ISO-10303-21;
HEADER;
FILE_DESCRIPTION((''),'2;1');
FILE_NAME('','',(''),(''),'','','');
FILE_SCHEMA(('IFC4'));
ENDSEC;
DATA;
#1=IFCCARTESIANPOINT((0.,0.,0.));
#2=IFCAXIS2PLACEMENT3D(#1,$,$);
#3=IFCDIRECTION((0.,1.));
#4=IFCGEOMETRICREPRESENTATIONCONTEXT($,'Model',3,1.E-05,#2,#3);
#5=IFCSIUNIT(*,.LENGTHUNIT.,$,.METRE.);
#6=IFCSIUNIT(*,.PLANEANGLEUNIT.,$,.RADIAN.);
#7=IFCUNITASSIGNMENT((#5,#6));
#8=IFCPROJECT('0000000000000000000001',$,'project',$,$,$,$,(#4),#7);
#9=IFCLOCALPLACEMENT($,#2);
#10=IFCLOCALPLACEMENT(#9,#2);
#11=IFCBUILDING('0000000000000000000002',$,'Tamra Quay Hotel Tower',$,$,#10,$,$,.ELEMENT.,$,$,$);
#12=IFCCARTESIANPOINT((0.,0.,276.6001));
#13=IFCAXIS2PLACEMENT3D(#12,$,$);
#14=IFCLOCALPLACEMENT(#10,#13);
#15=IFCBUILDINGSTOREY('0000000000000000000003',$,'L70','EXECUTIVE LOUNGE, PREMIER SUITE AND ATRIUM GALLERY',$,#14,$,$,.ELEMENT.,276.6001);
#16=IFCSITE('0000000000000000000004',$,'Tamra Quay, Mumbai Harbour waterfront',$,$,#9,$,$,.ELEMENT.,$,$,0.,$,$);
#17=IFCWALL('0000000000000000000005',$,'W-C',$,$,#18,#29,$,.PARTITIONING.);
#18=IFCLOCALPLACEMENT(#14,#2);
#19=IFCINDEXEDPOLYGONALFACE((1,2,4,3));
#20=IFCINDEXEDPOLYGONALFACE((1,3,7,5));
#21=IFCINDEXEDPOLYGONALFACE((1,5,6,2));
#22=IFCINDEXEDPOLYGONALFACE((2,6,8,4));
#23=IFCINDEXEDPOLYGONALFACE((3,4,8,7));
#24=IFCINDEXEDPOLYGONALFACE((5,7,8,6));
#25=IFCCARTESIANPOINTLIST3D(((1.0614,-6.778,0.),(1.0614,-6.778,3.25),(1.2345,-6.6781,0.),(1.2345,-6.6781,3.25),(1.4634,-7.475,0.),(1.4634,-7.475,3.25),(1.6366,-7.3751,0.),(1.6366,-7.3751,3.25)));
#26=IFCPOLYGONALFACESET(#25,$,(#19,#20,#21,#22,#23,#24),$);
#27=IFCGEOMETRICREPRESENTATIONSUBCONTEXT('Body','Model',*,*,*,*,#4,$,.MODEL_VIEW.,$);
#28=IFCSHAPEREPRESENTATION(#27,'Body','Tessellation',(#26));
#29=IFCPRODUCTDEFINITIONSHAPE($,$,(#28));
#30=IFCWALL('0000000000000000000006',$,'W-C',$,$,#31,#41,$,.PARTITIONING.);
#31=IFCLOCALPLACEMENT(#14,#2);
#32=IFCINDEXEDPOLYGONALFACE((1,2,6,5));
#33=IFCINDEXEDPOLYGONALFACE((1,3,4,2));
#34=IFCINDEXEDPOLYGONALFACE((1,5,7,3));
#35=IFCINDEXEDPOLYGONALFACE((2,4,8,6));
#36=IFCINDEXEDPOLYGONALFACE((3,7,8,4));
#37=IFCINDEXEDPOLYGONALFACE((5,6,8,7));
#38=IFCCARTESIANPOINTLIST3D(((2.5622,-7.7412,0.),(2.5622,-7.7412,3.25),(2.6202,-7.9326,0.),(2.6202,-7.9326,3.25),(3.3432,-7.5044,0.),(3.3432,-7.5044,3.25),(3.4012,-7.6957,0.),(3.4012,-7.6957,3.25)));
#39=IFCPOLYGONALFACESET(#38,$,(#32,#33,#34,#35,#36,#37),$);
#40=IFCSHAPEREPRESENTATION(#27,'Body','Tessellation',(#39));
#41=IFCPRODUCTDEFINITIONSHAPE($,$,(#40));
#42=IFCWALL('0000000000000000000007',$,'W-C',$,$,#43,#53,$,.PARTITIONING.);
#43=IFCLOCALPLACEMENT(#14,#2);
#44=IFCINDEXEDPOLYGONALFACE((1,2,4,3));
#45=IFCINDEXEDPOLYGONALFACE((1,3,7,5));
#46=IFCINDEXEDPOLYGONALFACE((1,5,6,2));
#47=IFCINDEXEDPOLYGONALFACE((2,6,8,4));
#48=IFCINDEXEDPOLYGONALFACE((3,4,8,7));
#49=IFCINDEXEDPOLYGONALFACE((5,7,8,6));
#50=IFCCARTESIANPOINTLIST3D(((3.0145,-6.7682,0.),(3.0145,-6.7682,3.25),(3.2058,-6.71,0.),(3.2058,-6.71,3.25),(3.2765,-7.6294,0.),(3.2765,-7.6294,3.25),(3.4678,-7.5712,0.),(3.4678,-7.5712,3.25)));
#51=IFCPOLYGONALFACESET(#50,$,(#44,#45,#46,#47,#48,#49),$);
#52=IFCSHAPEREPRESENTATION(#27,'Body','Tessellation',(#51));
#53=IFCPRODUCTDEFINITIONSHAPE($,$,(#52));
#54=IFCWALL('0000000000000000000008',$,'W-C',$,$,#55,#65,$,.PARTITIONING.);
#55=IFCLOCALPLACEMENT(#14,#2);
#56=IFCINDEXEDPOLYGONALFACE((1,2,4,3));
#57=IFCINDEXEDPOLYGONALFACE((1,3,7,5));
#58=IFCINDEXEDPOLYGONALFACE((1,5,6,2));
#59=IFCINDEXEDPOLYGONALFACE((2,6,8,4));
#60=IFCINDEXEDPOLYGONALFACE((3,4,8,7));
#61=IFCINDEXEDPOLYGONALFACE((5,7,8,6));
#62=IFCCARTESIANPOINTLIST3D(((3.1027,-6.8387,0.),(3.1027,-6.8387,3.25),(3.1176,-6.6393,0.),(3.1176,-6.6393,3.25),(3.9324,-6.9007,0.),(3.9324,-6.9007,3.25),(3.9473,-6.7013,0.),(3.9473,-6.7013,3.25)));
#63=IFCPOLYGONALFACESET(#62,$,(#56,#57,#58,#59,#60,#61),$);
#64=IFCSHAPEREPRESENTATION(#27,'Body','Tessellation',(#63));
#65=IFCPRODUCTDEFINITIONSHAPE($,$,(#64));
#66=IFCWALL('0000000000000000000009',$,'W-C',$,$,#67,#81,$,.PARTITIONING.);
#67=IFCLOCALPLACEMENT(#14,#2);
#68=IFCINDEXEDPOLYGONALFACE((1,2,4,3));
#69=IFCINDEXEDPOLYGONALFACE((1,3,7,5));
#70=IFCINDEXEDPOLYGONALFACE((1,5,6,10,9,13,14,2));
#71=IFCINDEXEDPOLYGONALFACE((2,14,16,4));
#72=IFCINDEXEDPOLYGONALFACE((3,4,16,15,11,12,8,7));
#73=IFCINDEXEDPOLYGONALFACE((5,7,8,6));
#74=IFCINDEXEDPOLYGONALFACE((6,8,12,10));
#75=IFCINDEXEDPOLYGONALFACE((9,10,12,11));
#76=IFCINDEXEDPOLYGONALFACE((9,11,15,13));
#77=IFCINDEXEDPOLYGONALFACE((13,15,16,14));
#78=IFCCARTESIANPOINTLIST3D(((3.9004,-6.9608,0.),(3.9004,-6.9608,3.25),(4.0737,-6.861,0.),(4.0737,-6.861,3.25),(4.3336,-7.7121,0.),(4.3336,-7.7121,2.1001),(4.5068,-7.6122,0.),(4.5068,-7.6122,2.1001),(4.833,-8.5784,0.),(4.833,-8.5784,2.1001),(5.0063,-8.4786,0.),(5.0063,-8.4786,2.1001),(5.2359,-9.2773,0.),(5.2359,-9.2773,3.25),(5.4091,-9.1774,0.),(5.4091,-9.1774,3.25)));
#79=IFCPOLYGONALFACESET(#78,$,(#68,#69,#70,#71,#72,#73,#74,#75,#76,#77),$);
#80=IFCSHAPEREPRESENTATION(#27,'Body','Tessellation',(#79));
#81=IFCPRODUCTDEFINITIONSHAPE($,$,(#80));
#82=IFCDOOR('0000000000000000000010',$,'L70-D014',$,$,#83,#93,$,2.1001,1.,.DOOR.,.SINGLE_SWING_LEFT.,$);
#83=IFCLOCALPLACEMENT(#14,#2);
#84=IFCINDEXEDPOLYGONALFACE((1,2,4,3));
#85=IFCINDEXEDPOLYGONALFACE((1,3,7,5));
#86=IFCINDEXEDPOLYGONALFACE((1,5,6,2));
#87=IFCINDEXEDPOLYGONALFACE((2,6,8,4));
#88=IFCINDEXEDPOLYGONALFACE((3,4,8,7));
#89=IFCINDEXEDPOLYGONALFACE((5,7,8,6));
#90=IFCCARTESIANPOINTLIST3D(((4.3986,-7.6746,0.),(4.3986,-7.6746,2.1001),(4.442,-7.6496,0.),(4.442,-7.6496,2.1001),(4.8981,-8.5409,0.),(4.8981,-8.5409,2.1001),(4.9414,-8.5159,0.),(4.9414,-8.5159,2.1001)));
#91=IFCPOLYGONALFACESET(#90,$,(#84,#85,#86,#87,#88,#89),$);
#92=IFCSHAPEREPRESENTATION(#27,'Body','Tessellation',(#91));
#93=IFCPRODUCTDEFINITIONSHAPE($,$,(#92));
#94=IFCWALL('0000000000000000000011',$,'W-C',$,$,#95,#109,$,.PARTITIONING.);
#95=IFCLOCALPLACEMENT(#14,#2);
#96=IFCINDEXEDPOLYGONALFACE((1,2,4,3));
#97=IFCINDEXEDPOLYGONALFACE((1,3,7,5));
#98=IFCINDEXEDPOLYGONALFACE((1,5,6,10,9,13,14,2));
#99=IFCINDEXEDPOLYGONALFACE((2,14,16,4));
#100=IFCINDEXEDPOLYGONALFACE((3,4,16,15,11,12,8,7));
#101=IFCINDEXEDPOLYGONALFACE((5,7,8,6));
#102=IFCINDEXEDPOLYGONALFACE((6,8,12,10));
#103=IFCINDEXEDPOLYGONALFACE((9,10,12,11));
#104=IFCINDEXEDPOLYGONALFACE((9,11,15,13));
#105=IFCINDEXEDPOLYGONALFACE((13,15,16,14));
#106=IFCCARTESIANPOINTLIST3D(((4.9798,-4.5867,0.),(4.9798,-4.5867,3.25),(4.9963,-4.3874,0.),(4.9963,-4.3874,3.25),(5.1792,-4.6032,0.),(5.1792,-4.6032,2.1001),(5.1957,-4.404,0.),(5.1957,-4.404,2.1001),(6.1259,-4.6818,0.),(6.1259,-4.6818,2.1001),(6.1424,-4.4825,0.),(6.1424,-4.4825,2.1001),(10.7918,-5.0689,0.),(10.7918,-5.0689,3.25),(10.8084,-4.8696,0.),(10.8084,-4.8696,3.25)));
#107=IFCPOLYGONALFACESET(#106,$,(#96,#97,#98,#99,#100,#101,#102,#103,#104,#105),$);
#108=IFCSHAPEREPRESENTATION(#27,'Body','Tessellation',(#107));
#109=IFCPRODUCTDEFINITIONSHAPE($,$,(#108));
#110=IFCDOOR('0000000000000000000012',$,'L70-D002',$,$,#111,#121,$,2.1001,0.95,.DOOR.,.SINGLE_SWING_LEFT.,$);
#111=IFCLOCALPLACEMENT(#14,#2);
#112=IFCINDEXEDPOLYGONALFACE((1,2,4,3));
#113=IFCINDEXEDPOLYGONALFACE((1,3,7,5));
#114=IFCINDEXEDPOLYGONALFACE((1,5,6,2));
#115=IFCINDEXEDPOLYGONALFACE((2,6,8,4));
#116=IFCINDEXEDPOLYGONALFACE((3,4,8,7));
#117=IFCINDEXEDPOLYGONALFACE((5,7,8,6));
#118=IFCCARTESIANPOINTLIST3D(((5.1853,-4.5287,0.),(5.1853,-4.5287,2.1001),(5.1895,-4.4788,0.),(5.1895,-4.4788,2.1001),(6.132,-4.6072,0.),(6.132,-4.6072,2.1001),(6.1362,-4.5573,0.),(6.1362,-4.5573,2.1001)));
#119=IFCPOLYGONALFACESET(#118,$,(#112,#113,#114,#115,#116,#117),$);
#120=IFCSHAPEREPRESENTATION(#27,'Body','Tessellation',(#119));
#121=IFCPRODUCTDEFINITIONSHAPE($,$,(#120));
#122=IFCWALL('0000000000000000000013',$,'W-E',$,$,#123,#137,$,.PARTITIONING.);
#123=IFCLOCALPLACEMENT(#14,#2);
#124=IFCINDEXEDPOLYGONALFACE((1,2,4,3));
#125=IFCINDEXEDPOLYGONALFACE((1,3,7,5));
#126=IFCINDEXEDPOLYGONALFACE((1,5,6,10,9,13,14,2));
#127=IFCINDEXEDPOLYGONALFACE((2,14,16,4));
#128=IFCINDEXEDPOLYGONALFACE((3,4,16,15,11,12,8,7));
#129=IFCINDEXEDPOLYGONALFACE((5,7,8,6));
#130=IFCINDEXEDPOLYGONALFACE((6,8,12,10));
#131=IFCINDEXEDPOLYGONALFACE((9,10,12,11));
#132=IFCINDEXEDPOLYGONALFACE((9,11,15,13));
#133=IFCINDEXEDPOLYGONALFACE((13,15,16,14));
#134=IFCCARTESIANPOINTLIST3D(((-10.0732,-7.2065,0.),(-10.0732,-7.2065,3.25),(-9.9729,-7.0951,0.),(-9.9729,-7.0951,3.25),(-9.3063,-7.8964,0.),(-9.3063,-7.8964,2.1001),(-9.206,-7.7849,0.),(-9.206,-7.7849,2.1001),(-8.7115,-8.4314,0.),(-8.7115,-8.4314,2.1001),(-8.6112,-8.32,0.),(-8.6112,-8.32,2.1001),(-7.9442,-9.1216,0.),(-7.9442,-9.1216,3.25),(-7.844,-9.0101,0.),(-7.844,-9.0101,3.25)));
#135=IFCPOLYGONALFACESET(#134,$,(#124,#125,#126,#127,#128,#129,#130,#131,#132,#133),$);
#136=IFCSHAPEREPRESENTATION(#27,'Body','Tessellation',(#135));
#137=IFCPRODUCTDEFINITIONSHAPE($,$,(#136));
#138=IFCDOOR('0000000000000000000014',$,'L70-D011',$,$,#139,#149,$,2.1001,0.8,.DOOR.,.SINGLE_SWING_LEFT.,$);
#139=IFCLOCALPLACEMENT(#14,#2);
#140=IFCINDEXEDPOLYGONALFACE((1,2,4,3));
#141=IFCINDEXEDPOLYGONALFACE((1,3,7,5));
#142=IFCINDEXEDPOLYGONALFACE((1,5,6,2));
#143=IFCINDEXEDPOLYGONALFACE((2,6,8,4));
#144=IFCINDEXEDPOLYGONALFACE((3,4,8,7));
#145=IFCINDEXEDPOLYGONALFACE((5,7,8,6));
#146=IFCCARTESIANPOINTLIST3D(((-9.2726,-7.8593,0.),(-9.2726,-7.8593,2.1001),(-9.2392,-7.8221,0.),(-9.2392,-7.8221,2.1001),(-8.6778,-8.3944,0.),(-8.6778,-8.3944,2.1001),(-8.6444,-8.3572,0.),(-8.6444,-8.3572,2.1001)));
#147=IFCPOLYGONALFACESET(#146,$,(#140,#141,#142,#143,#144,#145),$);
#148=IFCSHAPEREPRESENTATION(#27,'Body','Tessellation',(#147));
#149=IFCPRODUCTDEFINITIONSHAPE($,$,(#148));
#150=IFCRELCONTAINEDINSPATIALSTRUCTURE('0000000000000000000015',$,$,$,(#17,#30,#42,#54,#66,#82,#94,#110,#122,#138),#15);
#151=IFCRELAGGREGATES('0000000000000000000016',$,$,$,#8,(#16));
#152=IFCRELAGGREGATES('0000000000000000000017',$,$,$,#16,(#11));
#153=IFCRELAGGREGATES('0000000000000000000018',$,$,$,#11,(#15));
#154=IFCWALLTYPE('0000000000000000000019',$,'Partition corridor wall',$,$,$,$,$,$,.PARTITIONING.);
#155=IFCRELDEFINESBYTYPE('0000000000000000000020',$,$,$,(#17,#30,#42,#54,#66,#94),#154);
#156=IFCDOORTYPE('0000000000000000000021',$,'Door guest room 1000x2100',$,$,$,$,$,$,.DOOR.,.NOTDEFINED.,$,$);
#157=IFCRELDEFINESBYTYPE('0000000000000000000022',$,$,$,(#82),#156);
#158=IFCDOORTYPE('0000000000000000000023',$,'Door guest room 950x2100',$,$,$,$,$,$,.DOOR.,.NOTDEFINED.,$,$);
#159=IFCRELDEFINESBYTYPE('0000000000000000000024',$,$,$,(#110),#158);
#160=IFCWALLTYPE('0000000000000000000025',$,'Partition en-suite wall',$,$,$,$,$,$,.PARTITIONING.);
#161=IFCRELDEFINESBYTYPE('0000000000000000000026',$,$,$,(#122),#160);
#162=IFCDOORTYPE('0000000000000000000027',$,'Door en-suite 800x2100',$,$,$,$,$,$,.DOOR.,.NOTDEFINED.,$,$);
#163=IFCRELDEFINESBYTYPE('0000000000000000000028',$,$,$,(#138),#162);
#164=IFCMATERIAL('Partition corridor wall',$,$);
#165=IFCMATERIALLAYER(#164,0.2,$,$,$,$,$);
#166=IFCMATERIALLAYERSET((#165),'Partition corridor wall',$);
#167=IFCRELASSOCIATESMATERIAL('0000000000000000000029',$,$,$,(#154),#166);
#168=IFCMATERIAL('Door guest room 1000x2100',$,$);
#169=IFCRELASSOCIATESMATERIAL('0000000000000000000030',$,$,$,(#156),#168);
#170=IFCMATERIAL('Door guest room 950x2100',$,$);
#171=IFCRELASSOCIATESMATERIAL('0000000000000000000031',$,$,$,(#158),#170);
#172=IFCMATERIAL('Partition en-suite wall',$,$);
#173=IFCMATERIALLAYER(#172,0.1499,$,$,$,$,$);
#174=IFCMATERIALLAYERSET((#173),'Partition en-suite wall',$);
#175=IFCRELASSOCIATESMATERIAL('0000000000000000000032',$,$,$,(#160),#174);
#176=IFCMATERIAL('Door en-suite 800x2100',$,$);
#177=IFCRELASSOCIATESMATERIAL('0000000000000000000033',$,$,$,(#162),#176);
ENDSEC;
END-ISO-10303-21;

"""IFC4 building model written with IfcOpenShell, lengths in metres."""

from ifc_helpers import new_model, si_unit, direction, frame, frame_2d, origin, place, context, subcontext, project, spatial, rectangle, extrude, material, layer, layer_set, type_object, element, fill, save


model = new_model("IFC4")

# Units and contexts
model_context = context("Model", 3, precision=1e-05, world=origin(), true_north=direction((0.0, 1.0)))
body_context = subcontext(model_context, "Body", "Model", "MODEL_VIEW")
ifc_project = project(units=[si_unit("LENGTHUNIT", "METRE"), si_unit("PLANEANGLEUNIT", "RADIAN")], contexts=[model_context])

# Site, building, storey
site_placement = place(None, origin())
site = spatial("IfcSite", under=ifc_project, at=site_placement, Name="Tamra Quay, Mumbai Harbour waterfront", CompositionType="ELEMENT", RefElevation=0.0)
building_placement = place(site_placement, origin())
building = spatial("IfcBuilding", under=site, at=building_placement, Name="Tamra Quay Hotel Tower", CompositionType="ELEMENT")
storey_placement = place(building_placement, frame((0.0, 0.0, 276.6001)))
storey = spatial("IfcBuildingStorey", under=building, at=storey_placement, Name="L70", Description="EXECUTIVE LOUNGE, PREMIER SUITE AND ATRIUM GALLERY", CompositionType="ELEMENT", Elevation=276.6001)

# Shared definitions
ifc_material_1 = material(Name="Partition corridor wall")
ifc_layer_1 = layer(ifc_material_1, 0.2)
ifc_layer_set_1 = layer_set([ifc_layer_1], Name="Partition corridor wall")
wall_type_1 = type_object("IfcWallType", Name="Partition corridor wall", PredefinedType="PARTITIONING", material=ifc_layer_set_1)

# Shared definitions
ifc_material_2 = material(Name="Door guest room 1000x2100")
door_type_1 = type_object("IfcDoorType", Name="Door guest room 1000x2100", OperationType="NOTDEFINED", PredefinedType="DOOR", material=ifc_material_2)
ifc_material_3 = material(Name="Door guest room 950x2100")
door_type_2 = type_object("IfcDoorType", Name="Door guest room 950x2100", OperationType="NOTDEFINED", PredefinedType="DOOR", material=ifc_material_3)

# Walls
wall_1_placement = place(storey_placement, frame((1.1479, -6.728, 0.0), z_axis=(0.0, 0.0, 1.0), x_axis=(0.499696, -0.866201, 0.0)))
element("IfcWall", 1, at=wall_1_placement, inside=storey, type_object=wall_type_1, Name="W-C", PredefinedType="PARTITIONING", context=body_context, shape_type="SweptSolid", body=[
    extrude(rectangle(XDim=0.8047, YDim=0.2, at=frame_2d((0.4023, 0.0))), origin(), (0.0, 0.0, 1.0), 3.25),
])
wall_2_placement = place(storey_placement, frame((2.5911, -7.8369, 0.0), z_axis=(0.0, 0.0, 1.0), x_axis=(0.956974, 0.290173, 0.0)))
element("IfcWall", 2, at=wall_2_placement, inside=storey, type_object=wall_type_1, Name="W-C", PredefinedType="PARTITIONING", context=body_context, shape_type="SweptSolid", body=[
    extrude(rectangle(XDim=0.8162, YDim=0.2, at=frame_2d((0.4082, 0.0))), origin(), (0.0, 0.0, 1.0), 3.25),
])
wall_3_placement = place(storey_placement, frame((3.1101, -6.739, 0.0), z_axis=(0.0, 0.0, 1.0), x_axis=(0.291054, -0.956707, 0.0)))
element("IfcWall", 3, at=wall_3_placement, inside=storey, type_object=wall_type_1, Name="W-C", PredefinedType="PARTITIONING", context=body_context, shape_type="SweptSolid", body=[
    extrude(rectangle(XDim=0.9001, YDim=0.2, at=frame_2d((0.4502, 0.0))), origin(), (0.0, 0.0, 1.0), 3.25),
])
wall_4_placement = place(storey_placement, frame((3.1101, -6.739, 0.0), z_axis=(0.0, 0.0, 1.0), x_axis=(0.99722, -0.07452, 0.0)))
element("IfcWall", 4, at=wall_4_placement, inside=storey, type_object=wall_type_1, Name="W-C", PredefinedType="PARTITIONING", context=body_context, shape_type="SweptSolid", body=[
    extrude(rectangle(XDim=0.832, YDim=0.2, at=frame_2d((0.416, 0.0))), origin(), (0.0, 0.0, 1.0), 3.25),
])

# Walls, openings, doors
wall_5_placement = place(storey_placement, frame((3.9871, -6.9109, 0.0), z_axis=(0.0, 0.0, 1.0), x_axis=(0.499459, -0.866338, 0.0)))
wall_5 = element("IfcWall", 5, at=wall_5_placement, inside=storey, type_object=wall_type_1, Name="W-C", PredefinedType="PARTITIONING", context=body_context, shape_type="SweptSolid", body=[
    extrude(rectangle(XDim=2.6738, YDim=0.2, at=frame_2d((1.3369, 0.0))), origin(), (0.0, 0.0, 1.0), 3.25),
])
opening_1_placement = place(wall_5_placement, frame((0.8672, 0.0, 0.0)))
opening_1 = element("IfcOpeningElement", 6, at=opening_1_placement, cuts=wall_5, PredefinedType="OPENING", context=body_context, shape_type="SweptSolid", body=[
    extrude(rectangle(XDim=1.0, YDim=2.1001, at=frame_2d((0.5, 1.05))), frame((0.0, 0.1099, 0.0), z_axis=(0.0, -1.0, 0.0), x_axis=(1.0, 0.0, 0.0)), (0.0, 0.0, 1.0), 0.22),
])
door_1_placement = place(opening_1_placement, frame((1.0, 0.0, 0.0), z_axis=(0.0, 0.0, 1.0), x_axis=(-1.0, 0.0, 0.0)))
door_1 = element("IfcDoor", 7, at=door_1_placement, inside=storey, type_object=door_type_1, Name="L70-D014", OperationType="SINGLE_SWING_LEFT", OverallHeight=2.1001, OverallWidth=1.0, PredefinedType="DOOR", context=body_context, shape_type="SweptSolid", body=[
    extrude(rectangle(XDim=1.0, YDim=2.1001, at=frame_2d((0.5, 1.05))), frame((0.0, 0.0249, 0.0), z_axis=(0.0, -1.0, 0.0), x_axis=(1.0, 0.0, 0.0)), (0.0, 0.0, 1.0), 0.05),
])
fill(opening_1, door_1)
wall_6_placement = place(storey_placement, frame((4.988, -4.4871, 0.0), z_axis=(0.0, 0.0, 1.0), x_axis=(0.996576, -0.082678, 0.0)))
wall_6 = element("IfcWall", 8, at=wall_6_placement, inside=storey, type_object=wall_type_1, Name="W-C", PredefinedType="PARTITIONING", context=body_context, shape_type="SweptSolid", body=[
    extrude(rectangle(XDim=5.832, YDim=0.2, at=frame_2d((2.916, 0.0))), origin(), (0.0, 0.0, 1.0), 3.25),
])
opening_2_placement = place(wall_6_placement, frame((0.2, 0.0, 0.0)))
opening_2 = element("IfcOpeningElement", 9, at=opening_2_placement, cuts=wall_6, PredefinedType="OPENING", context=body_context, shape_type="SweptSolid", body=[
    extrude(rectangle(XDim=0.95, YDim=2.1001, at=frame_2d((0.4751, 1.05))), frame((0.0, 0.1099, 0.0), z_axis=(0.0, -1.0, 0.0), x_axis=(1.0, 0.0, 0.0)), (0.0, 0.0, 1.0), 0.22),
])
door_2_placement = place(opening_2_placement, origin())
door_2 = element("IfcDoor", 10, at=door_2_placement, inside=storey, type_object=door_type_2, Name="L70-D002", OperationType="SINGLE_SWING_LEFT", OverallHeight=2.1001, OverallWidth=0.95, PredefinedType="DOOR", context=body_context, shape_type="SweptSolid", body=[
    extrude(rectangle(XDim=0.95, YDim=2.1001, at=frame_2d((0.4751, 1.05))), frame((0.0, 0.0249, 0.0), z_axis=(0.0, -1.0, 0.0), x_axis=(1.0, 0.0, 0.0)), (0.0, 0.0, 1.0), 0.05),
])
fill(opening_2, door_2)
ifc_material_4 = material(Name="Partition en-suite wall")
ifc_layer_2 = layer(ifc_material_4, 0.1499)
ifc_layer_set_2 = layer_set([ifc_layer_2], Name="Partition en-suite wall")
wall_type_2 = type_object("IfcWallType", Name="Partition en-suite wall", PredefinedType="PARTITIONING", material=ifc_layer_set_2)
wall_7_placement = place(storey_placement, frame((-10.0229, -7.1509, 0.0), z_axis=(0.0, 0.0, 1.0), x_axis=(0.743464, -0.668776, 0.0)))
wall_7 = element("IfcWall", 11, at=wall_7_placement, inside=storey, type_object=wall_type_2, Name="W-E", PredefinedType="PARTITIONING", context=body_context, shape_type="SweptSolid", body=[
    extrude(rectangle(XDim=2.8635, YDim=0.1499, at=frame_2d((1.4316, 0.0))), origin(), (0.0, 0.0, 1.0), 3.25),
])
opening_3_placement = place(wall_7_placement, frame((1.0315, 0.0, 0.0)))
opening_3 = element("IfcOpeningElement", 12, at=opening_3_placement, cuts=wall_7, PredefinedType="OPENING", context=body_context, shape_type="SweptSolid", body=[
    extrude(rectangle(XDim=0.8, YDim=2.1001, at=frame_2d((0.3999, 1.05))), frame((0.0, 0.085, 0.0), z_axis=(0.0, -1.0, 0.0), x_axis=(1.0, 0.0, 0.0)), (0.0, 0.0, 1.0), 0.1699),
])
ifc_material_5 = material(Name="Door en-suite 800x2100")
door_type_3 = type_object("IfcDoorType", Name="Door en-suite 800x2100", OperationType="NOTDEFINED", PredefinedType="DOOR", material=ifc_material_5)
door_3_placement = place(opening_3_placement, frame((0.8, 0.0, 0.0), z_axis=(0.0, 0.0, 1.0), x_axis=(-1.0, 0.0, 0.0)))
door_3 = element("IfcDoor", 13, at=door_3_placement, inside=storey, type_object=door_type_3, Name="L70-D011", OperationType="SINGLE_SWING_LEFT", OverallHeight=2.1001, OverallWidth=0.8, PredefinedType="DOOR", context=body_context, shape_type="SweptSolid", body=[
    extrude(rectangle(XDim=0.8, YDim=2.1001, at=frame_2d((0.3999, 1.05))), frame((0.0, 0.0249, 0.0), z_axis=(0.0, -1.0, 0.0), x_axis=(1.0, 0.0, 0.0)), (0.0, 0.0, 1.0), 0.05),
])
fill(opening_3, door_3)

save(model, "model.ifc")
